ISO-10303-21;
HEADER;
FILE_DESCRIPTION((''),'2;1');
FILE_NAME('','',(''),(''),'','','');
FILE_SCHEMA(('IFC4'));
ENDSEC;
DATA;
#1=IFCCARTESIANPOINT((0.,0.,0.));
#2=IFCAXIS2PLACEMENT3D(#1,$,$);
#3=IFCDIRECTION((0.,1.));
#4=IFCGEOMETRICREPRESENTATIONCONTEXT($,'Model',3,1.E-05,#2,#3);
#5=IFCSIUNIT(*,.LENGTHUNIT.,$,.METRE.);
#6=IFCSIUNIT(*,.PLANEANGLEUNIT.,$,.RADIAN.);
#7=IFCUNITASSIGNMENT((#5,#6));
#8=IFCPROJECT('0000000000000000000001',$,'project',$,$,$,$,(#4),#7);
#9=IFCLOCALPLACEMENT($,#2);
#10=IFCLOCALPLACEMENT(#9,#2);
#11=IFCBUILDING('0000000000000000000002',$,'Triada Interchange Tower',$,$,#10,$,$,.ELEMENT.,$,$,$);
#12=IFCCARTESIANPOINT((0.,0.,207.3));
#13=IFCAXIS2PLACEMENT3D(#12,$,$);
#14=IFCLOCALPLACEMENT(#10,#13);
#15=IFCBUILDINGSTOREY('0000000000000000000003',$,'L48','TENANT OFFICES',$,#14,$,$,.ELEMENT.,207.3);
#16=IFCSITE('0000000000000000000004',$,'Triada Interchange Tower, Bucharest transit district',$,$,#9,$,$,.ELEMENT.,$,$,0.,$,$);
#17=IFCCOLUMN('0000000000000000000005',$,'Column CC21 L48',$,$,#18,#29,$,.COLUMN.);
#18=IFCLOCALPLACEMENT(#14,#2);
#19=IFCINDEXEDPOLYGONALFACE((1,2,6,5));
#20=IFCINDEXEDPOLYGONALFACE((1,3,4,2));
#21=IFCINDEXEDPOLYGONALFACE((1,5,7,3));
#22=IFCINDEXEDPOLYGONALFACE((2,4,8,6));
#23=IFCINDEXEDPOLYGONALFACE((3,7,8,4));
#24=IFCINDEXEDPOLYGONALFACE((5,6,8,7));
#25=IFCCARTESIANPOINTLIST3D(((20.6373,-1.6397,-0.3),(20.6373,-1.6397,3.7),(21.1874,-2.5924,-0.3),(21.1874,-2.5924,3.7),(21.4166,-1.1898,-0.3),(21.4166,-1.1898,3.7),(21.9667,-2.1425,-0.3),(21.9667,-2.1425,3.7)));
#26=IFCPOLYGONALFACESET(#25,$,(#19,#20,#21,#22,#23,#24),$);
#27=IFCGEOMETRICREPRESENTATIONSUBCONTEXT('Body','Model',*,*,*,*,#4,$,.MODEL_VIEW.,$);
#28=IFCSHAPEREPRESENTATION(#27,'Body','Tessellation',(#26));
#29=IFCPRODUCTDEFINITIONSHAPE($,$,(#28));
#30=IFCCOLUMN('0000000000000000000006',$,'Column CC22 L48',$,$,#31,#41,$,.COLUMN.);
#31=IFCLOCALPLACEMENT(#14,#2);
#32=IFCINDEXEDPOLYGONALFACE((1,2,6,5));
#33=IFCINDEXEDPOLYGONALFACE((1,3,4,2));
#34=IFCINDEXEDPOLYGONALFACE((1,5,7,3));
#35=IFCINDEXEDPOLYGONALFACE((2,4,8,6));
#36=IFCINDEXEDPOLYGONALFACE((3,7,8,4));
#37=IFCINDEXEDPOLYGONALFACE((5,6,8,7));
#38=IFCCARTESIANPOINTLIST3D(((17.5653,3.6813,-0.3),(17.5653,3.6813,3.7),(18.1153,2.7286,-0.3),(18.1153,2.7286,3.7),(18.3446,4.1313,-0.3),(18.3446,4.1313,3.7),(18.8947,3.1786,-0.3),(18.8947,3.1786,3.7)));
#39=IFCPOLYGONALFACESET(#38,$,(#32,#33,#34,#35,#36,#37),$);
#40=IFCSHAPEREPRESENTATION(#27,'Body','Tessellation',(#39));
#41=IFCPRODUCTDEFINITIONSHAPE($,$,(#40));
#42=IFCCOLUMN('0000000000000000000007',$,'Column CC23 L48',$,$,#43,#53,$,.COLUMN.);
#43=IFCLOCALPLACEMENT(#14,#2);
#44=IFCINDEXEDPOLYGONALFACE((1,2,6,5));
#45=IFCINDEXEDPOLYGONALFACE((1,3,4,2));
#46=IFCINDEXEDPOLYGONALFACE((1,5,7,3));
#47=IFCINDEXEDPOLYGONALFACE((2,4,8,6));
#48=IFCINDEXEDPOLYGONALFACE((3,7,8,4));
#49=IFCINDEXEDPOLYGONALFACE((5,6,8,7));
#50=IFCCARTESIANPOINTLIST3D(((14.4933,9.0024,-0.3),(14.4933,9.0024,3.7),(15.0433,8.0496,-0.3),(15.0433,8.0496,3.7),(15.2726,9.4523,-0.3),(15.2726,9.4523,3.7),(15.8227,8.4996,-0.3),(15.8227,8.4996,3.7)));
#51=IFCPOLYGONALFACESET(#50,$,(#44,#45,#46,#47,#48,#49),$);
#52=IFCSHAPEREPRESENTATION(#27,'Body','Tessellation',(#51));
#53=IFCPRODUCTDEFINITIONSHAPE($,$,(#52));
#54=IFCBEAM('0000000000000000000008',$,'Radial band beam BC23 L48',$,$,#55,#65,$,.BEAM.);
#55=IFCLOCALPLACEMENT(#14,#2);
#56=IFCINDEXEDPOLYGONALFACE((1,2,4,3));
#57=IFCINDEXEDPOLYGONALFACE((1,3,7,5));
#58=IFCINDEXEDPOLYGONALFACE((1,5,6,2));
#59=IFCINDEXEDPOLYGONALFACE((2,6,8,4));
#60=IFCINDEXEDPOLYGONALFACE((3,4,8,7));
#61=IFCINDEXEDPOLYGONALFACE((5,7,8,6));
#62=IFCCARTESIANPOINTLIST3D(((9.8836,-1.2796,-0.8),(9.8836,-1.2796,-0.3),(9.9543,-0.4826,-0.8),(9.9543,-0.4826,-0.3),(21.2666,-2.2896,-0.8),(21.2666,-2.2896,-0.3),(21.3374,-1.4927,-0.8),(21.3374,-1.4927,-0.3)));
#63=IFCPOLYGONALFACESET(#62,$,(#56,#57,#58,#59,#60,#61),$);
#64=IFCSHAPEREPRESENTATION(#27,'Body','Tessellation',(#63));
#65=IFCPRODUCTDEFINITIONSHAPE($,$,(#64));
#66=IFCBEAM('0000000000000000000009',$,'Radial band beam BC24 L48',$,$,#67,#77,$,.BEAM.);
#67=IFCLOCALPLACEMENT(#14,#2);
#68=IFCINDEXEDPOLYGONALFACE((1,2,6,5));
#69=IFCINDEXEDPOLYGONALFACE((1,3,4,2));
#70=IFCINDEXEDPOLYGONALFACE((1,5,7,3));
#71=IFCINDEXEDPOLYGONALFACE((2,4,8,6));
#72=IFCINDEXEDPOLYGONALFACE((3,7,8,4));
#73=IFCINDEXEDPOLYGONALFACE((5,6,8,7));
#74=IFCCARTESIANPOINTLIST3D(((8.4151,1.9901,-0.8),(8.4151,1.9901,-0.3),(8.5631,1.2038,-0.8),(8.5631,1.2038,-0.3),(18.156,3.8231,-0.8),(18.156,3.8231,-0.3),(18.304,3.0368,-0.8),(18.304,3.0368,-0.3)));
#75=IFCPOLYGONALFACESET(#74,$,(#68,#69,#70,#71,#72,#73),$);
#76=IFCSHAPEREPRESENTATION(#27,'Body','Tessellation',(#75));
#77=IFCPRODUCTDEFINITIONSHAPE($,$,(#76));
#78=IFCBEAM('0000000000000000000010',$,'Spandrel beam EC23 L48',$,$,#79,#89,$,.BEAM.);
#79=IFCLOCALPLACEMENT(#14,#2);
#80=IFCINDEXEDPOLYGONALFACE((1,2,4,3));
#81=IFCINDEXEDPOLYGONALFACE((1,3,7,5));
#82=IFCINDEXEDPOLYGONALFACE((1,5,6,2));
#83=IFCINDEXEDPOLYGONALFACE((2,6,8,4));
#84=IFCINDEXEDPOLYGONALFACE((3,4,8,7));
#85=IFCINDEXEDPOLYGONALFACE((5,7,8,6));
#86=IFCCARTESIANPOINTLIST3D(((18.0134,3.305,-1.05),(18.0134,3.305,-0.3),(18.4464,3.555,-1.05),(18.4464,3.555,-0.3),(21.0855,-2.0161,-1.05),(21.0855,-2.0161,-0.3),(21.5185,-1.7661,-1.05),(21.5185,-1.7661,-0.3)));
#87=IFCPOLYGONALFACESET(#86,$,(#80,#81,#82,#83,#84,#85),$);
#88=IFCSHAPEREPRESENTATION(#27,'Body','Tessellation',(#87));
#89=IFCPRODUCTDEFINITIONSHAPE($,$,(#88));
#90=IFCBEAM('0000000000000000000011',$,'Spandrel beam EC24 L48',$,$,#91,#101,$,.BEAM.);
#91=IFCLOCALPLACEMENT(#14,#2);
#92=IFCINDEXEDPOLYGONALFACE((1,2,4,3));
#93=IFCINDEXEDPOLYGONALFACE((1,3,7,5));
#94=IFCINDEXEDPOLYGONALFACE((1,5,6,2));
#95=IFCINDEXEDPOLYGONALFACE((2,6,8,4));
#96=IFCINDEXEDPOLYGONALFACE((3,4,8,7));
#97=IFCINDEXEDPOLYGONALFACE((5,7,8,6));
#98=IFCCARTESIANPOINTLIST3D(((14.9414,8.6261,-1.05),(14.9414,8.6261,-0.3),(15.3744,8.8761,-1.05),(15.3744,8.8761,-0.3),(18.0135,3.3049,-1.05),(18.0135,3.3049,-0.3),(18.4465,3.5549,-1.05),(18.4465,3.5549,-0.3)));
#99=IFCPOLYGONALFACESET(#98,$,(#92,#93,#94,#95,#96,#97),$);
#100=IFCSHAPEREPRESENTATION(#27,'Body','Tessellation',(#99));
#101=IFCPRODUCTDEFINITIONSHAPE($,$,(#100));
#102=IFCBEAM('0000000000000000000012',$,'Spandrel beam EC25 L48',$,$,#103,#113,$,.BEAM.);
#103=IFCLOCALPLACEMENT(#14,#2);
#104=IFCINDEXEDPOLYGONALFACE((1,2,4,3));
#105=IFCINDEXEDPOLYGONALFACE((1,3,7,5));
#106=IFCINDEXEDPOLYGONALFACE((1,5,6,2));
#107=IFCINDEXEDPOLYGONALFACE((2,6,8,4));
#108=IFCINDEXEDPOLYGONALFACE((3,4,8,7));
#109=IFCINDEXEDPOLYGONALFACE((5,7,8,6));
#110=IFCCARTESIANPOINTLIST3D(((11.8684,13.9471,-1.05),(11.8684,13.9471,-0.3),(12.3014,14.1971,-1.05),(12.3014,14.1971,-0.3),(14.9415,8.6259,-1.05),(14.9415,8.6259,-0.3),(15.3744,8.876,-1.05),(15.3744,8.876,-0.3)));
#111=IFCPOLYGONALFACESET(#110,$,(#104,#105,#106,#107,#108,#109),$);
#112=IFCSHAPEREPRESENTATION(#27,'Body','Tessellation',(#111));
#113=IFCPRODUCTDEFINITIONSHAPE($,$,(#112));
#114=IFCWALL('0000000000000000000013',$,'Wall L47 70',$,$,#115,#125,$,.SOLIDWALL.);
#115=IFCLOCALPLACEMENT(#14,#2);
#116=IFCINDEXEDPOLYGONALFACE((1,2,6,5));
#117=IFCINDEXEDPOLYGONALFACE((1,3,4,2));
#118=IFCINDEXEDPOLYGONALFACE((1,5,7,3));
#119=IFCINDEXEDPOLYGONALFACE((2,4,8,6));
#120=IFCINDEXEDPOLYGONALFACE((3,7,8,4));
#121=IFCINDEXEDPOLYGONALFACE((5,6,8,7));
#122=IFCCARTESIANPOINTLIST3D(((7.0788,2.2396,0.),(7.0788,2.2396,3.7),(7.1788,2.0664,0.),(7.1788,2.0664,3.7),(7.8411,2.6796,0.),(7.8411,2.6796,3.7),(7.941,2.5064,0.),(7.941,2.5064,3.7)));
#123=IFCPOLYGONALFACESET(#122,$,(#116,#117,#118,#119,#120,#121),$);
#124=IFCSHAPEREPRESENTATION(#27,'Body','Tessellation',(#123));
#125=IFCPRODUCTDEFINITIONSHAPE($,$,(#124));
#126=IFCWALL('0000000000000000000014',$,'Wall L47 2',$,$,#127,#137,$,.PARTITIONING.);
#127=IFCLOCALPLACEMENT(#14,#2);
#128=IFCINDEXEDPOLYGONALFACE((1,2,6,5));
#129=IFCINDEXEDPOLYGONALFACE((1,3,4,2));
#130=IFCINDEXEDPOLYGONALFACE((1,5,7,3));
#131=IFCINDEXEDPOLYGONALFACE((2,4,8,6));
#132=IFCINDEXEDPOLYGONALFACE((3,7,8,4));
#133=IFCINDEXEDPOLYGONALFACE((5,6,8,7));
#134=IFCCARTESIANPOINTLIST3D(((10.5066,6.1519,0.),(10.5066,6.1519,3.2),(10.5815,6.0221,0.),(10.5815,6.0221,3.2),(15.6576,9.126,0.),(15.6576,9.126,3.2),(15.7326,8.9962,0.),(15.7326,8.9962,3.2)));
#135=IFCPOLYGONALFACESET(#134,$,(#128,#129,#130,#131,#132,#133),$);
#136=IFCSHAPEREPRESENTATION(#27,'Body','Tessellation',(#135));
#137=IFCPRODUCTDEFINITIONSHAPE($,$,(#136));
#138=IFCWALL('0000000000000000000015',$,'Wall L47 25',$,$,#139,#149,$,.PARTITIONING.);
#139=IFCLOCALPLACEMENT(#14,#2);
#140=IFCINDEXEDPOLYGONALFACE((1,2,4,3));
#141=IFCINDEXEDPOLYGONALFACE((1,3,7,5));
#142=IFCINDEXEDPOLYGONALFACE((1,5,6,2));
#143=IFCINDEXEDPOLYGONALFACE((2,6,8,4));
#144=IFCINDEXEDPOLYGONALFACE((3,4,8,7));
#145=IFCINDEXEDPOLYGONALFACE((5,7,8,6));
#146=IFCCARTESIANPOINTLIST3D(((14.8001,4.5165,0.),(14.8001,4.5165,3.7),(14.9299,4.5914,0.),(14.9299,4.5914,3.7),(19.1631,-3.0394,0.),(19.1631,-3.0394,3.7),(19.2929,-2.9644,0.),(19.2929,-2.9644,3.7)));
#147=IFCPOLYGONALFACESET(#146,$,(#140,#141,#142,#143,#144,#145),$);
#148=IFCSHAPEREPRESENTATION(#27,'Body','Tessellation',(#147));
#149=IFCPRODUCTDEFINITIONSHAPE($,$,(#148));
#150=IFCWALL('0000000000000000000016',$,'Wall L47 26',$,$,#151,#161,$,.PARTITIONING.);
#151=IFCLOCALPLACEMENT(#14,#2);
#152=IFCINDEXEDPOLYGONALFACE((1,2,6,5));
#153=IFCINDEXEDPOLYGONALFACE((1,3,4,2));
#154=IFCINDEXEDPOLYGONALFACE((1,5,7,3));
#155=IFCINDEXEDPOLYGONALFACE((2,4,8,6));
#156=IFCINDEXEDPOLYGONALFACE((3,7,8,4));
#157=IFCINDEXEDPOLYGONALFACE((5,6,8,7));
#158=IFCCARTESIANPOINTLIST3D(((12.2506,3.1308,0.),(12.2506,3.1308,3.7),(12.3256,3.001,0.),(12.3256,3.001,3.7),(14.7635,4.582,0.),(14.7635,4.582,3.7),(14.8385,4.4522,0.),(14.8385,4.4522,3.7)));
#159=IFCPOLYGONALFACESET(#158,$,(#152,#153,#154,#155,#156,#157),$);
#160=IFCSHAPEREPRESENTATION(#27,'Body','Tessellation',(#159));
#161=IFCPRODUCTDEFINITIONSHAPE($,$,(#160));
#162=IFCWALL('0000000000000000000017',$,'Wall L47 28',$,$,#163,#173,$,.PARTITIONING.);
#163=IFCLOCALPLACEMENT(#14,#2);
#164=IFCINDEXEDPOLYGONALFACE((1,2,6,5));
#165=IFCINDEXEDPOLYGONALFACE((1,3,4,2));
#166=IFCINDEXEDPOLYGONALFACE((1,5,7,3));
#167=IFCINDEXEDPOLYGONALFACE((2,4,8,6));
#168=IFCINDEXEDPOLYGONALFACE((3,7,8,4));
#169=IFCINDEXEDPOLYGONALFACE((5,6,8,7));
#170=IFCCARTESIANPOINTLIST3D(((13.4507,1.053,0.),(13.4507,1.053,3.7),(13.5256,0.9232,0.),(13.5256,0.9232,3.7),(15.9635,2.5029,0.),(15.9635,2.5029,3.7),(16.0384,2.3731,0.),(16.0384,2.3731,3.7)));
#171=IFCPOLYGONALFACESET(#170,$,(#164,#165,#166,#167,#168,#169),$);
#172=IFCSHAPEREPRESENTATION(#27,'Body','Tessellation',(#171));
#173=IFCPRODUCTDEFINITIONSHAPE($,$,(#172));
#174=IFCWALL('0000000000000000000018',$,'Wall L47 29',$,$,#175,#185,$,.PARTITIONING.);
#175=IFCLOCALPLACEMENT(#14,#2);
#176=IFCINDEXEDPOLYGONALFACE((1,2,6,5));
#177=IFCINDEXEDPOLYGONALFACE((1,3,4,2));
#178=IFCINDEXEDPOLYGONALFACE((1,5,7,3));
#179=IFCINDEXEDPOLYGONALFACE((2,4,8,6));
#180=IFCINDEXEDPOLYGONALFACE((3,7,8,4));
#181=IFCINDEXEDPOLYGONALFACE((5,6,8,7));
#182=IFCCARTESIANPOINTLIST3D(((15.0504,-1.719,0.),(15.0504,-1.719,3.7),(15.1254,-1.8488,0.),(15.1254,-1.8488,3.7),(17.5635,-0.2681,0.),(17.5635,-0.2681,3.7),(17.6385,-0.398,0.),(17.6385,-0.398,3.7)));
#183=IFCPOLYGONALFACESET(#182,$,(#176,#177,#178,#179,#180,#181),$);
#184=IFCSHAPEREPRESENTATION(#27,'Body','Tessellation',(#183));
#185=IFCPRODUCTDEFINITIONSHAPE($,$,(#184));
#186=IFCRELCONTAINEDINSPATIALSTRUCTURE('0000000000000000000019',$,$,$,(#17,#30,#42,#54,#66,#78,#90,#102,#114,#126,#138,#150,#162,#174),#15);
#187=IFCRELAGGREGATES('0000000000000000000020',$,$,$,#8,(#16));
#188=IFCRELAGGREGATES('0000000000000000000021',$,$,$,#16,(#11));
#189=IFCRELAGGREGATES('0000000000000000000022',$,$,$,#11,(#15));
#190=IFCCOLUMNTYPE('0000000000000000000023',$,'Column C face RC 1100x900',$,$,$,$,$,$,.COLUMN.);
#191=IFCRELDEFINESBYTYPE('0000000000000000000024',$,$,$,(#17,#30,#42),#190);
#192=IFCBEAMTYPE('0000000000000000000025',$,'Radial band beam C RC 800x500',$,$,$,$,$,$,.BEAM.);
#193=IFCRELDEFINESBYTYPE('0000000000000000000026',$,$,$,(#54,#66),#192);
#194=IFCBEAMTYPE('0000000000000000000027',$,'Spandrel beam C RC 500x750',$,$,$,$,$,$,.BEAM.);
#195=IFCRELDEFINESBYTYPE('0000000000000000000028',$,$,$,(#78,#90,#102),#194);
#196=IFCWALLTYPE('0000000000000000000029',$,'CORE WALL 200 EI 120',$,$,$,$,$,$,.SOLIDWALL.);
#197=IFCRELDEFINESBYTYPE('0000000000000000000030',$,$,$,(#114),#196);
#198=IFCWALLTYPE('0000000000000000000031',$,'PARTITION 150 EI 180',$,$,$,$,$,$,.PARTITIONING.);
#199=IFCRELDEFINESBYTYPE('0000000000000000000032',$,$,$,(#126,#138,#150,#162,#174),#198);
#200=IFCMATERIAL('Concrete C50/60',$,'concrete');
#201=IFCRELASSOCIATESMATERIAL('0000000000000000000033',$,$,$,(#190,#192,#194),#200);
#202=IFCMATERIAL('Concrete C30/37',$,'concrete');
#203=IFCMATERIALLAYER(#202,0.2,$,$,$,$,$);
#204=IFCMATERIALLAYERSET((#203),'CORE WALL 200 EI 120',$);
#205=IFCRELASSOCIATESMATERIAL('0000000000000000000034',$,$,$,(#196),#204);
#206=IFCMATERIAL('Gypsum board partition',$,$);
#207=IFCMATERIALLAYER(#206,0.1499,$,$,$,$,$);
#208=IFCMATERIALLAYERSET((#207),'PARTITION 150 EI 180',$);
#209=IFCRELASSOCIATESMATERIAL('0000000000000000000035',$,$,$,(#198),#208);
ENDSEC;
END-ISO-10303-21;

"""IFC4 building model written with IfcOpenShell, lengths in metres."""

from ifc_helpers import new_model, si_unit, direction, frame, frame_2d, origin, origin_2d, place, context, subcontext, project, spatial, rectangle, extrude, material, layer, layer_set, material_profile, profile_set, type_object, element, save


model = new_model("IFC4")

# Units and contexts
model_context = context("Model", 3, precision=1e-05, world=origin(), true_north=direction((0.0, 1.0)))
body_context = subcontext(model_context, "Body", "Model", "MODEL_VIEW")
ifc_project = project(units=[si_unit("LENGTHUNIT", "METRE"), si_unit("PLANEANGLEUNIT", "RADIAN")], contexts=[model_context])

# Site, building, storey
site_placement = place(None, origin())
site = spatial("IfcSite", under=ifc_project, at=site_placement, Name="Triada Interchange Tower, Bucharest transit district", CompositionType="ELEMENT", RefElevation=0.0)
building_placement = place(site_placement, origin())
building = spatial("IfcBuilding", under=site, at=building_placement, Name="Triada Interchange Tower", CompositionType="ELEMENT")
storey_placement = place(building_placement, frame((0.0, 0.0, 207.3)))
storey = spatial("IfcBuildingStorey", under=building, at=storey_placement, Name="L48", Description="TENANT OFFICES", CompositionType="ELEMENT", Elevation=207.3)

# Columns
ifc_material_1 = material(Name="Concrete C50/60", Category="concrete")
ifc_material_profile_1 = material_profile(ifc_material_1, rectangle(XDim=1.1001, YDim=0.8999, at=origin_2d()), Name="RC 1100x900")
ifc_profile_set_1 = profile_set([ifc_material_profile_1], Name="Concrete C50/60")
column_type = type_object("IfcColumnType", Name="Column C face RC 1100x900", PredefinedType="COLUMN", material=ifc_profile_set_1)
for number, where, z_axis, x_axis, name in (
    (1, (21.302, -1.8911, -0.3), (0.0, 0.0, 1.0), (-0.5, 0.866025, 0.0), "Column CC21 L48"),
    (2, (18.23, 3.4299, -0.3), (0.0, 0.0, 1.0), (-0.5, 0.866025, 0.0), "Column CC22 L48"),
    (3, (15.158, 8.751, -0.3), (0.0, 0.0, 1.0), (-0.5, 0.866025, 0.0), "Column CC23 L48"),
):
    element("IfcColumn", number, at=place(storey_placement, frame(where, z_axis=z_axis, x_axis=x_axis)), inside=storey, type_object=column_type, Name=name, PredefinedType="COLUMN", context=body_context, shape_type="SweptSolid", body=[
        extrude(rectangle(XDim=1.1001, YDim=0.8999, at=origin_2d()), origin(), (0.0, 0.0, 1.0), 4.0),
    ])

# Beams
ifc_material_profile_2 = material_profile(ifc_material_1, rectangle(XDim=0.8, YDim=0.5, at=origin_2d()), Name="RC 800x500")
ifc_profile_set_2 = profile_set([ifc_material_profile_2], Name="Concrete C50/60")
beam_type_1 = type_object("IfcBeamType", Name="Radial band beam C RC 800x500", PredefinedType="BEAM", material=ifc_profile_set_2)
beam_1_placement = place(storey_placement, frame((21.302, -1.8911, -0.55), z_axis=(-0.996087, 0.088382, 0.0), x_axis=(-0.088382, -0.996087, 0.0)))
element("IfcBeam", 4, at=beam_1_placement, inside=storey, type_object=beam_type_1, Name="Radial band beam BC23 L48", PredefinedType="BEAM", context=body_context, shape_type="SweptSolid", body=[
    extrude(rectangle(XDim=0.8, YDim=0.5, at=origin_2d()), origin(), (0.0, 0.0, 1.0), 11.4277),
])
beam_2_placement = place(storey_placement, frame((18.23, 3.4299, -0.55), z_axis=(-0.982752, -0.184929, 0.0), x_axis=(0.184929, -0.982752, 0.0)))
element("IfcBeam", 5, at=beam_2_placement, inside=storey, type_object=beam_type_1, Name="Radial band beam BC24 L48", PredefinedType="BEAM", context=body_context, shape_type="SweptSolid", body=[
    extrude(rectangle(XDim=0.8, YDim=0.5, at=origin_2d()), origin(), (0.0, 0.0, 1.0), 9.9119),
])
ifc_material_profile_3 = material_profile(ifc_material_1, rectangle(XDim=0.5, YDim=0.75, at=origin_2d()), Name="RC 500x750")
ifc_profile_set_3 = profile_set([ifc_material_profile_3], Name="Concrete C50/60")
beam_type_2 = type_object("IfcBeamType", Name="Spandrel beam C RC 500x750", PredefinedType="BEAM", material=ifc_profile_set_3)
for number, where, z_axis, x_axis, name in (
    (6, (21.302, -1.8911, -0.675), (-0.49999, 0.866031, 0.0), (-0.866031, -0.49999, 0.0), "Spandrel beam EC23 L48"),
    (7, (18.23, 3.4299, -0.675), (-0.49999, 0.866031, 0.0), (-0.866031, -0.49999, 0.0), "Spandrel beam EC24 L48"),
):
    element("IfcBeam", number, at=place(storey_placement, frame(where, z_axis=z_axis, x_axis=x_axis)), inside=storey, type_object=beam_type_2, Name=name, PredefinedType="BEAM", context=body_context, shape_type="SweptSolid", body=[
        extrude(rectangle(XDim=0.5, YDim=0.75, at=origin_2d()), origin(), (0.0, 0.0, 1.0), 6.1443),
    ])
beam_3_placement = place(storey_placement, frame((15.158, 8.751, -0.675), z_axis=(-0.500109, 0.865963, 0.0), x_axis=(-0.865963, -0.500109, 0.0)))
element("IfcBeam", 8, at=beam_3_placement, inside=storey, type_object=beam_type_2, Name="Spandrel beam EC25 L48", PredefinedType="BEAM", context=body_context, shape_type="SweptSolid", body=[
    extrude(rectangle(XDim=0.5, YDim=0.75, at=origin_2d()), origin(), (0.0, 0.0, 1.0), 6.1448),
])

# Walls
ifc_material_2 = material(Name="Concrete C30/37", Category="concrete")
ifc_layer_1 = layer(ifc_material_2, 0.2)
ifc_layer_set_1 = layer_set([ifc_layer_1], Name="CORE WALL 200 EI 120")
wall_type_1 = type_object("IfcWallType", Name="CORE WALL 200 EI 120", PredefinedType="SOLIDWALL", material=ifc_layer_set_1)
wall_1_placement = place(storey_placement, frame((7.1289, 2.1531, 0.0), z_axis=(0.0, 0.0, 1.0), x_axis=(0.866084, 0.499899, 0.0)))
element("IfcWall", 9, at=wall_1_placement, inside=storey, type_object=wall_type_1, Name="Wall L47 70", PredefinedType="SOLIDWALL", context=body_context, shape_type="SweptSolid", body=[
    extrude(rectangle(XDim=0.8801, YDim=0.2, at=frame_2d((0.4399, 0.0))), origin(), (0.0, 0.0, 1.0), 3.7),
])
ifc_material_3 = material(Name="Gypsum board partition")
ifc_layer_2 = layer(ifc_material_3, 0.1499)
ifc_layer_set_2 = layer_set([ifc_layer_2], Name="PARTITION 150 EI 180")
wall_type_2 = type_object("IfcWallType", Name="PARTITION 150 EI 180", PredefinedType="PARTITIONING", material=ifc_layer_set_2)
wall_2_placement = place(storey_placement, frame((10.5439, 6.0869, 0.0), z_axis=(0.0, 0.0, 1.0), x_axis=(0.866017, 0.500015, 0.0)))
element("IfcWall", 10, at=wall_2_placement, inside=storey, type_object=wall_type_2, Name="Wall L47 2", PredefinedType="PARTITIONING", context=body_context, shape_type="SweptSolid", body=[
    extrude(rectangle(XDim=5.948, YDim=0.1499, at=frame_2d((2.9741, 0.0))), origin(), (0.0, 0.0, 1.0), 3.2),
])
wall_3_placement = place(storey_placement, frame((14.865, 4.554, 0.0), z_axis=(0.0, 0.0, 1.0), x_axis=(0.500054, -0.865994, 0.0)))
element("IfcWall", 11, at=wall_3_placement, inside=storey, type_object=wall_type_2, Name="Wall L47 25", PredefinedType="PARTITIONING", context=body_context, shape_type="SweptSolid", body=[
    extrude(rectangle(XDim=8.7251, YDim=0.1499, at=frame_2d((4.3625, 0.0))), origin(), (0.0, 0.0, 1.0), 3.7),
])
wall_4_placement = place(storey_placement, frame((12.2881, 3.0659, 0.0), z_axis=(0.0, 0.0, 1.0), x_axis=(0.865977, 0.500084, 0.0)))
element("IfcWall", 12, at=wall_4_placement, inside=storey, type_object=wall_type_2, Name="Wall L47 26", PredefinedType="PARTITIONING", context=body_context, shape_type="SweptSolid", body=[
    extrude(rectangle(XDim=2.9019, YDim=0.1499, at=frame_2d((1.4509, 0.0))), origin(), (0.0, 0.0, 1.0), 3.7),
])
wall_5_placement = place(storey_placement, frame((13.488, 0.988, 0.0), z_axis=(0.0, 0.0, 1.0), x_axis=(0.866159, 0.499769, 0.0)))
element("IfcWall", 13, at=wall_5_placement, inside=storey, type_object=wall_type_2, Name="Wall L47 28", PredefinedType="PARTITIONING", context=body_context, shape_type="SweptSolid", body=[
    extrude(rectangle(XDim=2.9011, YDim=0.1499, at=frame_2d((1.4507, 0.0))), origin(), (0.0, 0.0, 1.0), 3.7),
])
wall_6_placement = place(storey_placement, frame((15.0879, -1.7839, 0.0), z_axis=(0.0, 0.0, 1.0), x_axis=(0.866034, 0.499985, 0.0)))
element("IfcWall", 14, at=wall_6_placement, inside=storey, type_object=wall_type_2, Name="Wall L47 29", PredefinedType="PARTITIONING", context=body_context, shape_type="SweptSolid", body=[
    extrude(rectangle(XDim=2.9019, YDim=0.1499, at=frame_2d((1.4509, 0.0))), origin(), (0.0, 0.0, 1.0), 3.7),
])

save(model, "model.ifc")
